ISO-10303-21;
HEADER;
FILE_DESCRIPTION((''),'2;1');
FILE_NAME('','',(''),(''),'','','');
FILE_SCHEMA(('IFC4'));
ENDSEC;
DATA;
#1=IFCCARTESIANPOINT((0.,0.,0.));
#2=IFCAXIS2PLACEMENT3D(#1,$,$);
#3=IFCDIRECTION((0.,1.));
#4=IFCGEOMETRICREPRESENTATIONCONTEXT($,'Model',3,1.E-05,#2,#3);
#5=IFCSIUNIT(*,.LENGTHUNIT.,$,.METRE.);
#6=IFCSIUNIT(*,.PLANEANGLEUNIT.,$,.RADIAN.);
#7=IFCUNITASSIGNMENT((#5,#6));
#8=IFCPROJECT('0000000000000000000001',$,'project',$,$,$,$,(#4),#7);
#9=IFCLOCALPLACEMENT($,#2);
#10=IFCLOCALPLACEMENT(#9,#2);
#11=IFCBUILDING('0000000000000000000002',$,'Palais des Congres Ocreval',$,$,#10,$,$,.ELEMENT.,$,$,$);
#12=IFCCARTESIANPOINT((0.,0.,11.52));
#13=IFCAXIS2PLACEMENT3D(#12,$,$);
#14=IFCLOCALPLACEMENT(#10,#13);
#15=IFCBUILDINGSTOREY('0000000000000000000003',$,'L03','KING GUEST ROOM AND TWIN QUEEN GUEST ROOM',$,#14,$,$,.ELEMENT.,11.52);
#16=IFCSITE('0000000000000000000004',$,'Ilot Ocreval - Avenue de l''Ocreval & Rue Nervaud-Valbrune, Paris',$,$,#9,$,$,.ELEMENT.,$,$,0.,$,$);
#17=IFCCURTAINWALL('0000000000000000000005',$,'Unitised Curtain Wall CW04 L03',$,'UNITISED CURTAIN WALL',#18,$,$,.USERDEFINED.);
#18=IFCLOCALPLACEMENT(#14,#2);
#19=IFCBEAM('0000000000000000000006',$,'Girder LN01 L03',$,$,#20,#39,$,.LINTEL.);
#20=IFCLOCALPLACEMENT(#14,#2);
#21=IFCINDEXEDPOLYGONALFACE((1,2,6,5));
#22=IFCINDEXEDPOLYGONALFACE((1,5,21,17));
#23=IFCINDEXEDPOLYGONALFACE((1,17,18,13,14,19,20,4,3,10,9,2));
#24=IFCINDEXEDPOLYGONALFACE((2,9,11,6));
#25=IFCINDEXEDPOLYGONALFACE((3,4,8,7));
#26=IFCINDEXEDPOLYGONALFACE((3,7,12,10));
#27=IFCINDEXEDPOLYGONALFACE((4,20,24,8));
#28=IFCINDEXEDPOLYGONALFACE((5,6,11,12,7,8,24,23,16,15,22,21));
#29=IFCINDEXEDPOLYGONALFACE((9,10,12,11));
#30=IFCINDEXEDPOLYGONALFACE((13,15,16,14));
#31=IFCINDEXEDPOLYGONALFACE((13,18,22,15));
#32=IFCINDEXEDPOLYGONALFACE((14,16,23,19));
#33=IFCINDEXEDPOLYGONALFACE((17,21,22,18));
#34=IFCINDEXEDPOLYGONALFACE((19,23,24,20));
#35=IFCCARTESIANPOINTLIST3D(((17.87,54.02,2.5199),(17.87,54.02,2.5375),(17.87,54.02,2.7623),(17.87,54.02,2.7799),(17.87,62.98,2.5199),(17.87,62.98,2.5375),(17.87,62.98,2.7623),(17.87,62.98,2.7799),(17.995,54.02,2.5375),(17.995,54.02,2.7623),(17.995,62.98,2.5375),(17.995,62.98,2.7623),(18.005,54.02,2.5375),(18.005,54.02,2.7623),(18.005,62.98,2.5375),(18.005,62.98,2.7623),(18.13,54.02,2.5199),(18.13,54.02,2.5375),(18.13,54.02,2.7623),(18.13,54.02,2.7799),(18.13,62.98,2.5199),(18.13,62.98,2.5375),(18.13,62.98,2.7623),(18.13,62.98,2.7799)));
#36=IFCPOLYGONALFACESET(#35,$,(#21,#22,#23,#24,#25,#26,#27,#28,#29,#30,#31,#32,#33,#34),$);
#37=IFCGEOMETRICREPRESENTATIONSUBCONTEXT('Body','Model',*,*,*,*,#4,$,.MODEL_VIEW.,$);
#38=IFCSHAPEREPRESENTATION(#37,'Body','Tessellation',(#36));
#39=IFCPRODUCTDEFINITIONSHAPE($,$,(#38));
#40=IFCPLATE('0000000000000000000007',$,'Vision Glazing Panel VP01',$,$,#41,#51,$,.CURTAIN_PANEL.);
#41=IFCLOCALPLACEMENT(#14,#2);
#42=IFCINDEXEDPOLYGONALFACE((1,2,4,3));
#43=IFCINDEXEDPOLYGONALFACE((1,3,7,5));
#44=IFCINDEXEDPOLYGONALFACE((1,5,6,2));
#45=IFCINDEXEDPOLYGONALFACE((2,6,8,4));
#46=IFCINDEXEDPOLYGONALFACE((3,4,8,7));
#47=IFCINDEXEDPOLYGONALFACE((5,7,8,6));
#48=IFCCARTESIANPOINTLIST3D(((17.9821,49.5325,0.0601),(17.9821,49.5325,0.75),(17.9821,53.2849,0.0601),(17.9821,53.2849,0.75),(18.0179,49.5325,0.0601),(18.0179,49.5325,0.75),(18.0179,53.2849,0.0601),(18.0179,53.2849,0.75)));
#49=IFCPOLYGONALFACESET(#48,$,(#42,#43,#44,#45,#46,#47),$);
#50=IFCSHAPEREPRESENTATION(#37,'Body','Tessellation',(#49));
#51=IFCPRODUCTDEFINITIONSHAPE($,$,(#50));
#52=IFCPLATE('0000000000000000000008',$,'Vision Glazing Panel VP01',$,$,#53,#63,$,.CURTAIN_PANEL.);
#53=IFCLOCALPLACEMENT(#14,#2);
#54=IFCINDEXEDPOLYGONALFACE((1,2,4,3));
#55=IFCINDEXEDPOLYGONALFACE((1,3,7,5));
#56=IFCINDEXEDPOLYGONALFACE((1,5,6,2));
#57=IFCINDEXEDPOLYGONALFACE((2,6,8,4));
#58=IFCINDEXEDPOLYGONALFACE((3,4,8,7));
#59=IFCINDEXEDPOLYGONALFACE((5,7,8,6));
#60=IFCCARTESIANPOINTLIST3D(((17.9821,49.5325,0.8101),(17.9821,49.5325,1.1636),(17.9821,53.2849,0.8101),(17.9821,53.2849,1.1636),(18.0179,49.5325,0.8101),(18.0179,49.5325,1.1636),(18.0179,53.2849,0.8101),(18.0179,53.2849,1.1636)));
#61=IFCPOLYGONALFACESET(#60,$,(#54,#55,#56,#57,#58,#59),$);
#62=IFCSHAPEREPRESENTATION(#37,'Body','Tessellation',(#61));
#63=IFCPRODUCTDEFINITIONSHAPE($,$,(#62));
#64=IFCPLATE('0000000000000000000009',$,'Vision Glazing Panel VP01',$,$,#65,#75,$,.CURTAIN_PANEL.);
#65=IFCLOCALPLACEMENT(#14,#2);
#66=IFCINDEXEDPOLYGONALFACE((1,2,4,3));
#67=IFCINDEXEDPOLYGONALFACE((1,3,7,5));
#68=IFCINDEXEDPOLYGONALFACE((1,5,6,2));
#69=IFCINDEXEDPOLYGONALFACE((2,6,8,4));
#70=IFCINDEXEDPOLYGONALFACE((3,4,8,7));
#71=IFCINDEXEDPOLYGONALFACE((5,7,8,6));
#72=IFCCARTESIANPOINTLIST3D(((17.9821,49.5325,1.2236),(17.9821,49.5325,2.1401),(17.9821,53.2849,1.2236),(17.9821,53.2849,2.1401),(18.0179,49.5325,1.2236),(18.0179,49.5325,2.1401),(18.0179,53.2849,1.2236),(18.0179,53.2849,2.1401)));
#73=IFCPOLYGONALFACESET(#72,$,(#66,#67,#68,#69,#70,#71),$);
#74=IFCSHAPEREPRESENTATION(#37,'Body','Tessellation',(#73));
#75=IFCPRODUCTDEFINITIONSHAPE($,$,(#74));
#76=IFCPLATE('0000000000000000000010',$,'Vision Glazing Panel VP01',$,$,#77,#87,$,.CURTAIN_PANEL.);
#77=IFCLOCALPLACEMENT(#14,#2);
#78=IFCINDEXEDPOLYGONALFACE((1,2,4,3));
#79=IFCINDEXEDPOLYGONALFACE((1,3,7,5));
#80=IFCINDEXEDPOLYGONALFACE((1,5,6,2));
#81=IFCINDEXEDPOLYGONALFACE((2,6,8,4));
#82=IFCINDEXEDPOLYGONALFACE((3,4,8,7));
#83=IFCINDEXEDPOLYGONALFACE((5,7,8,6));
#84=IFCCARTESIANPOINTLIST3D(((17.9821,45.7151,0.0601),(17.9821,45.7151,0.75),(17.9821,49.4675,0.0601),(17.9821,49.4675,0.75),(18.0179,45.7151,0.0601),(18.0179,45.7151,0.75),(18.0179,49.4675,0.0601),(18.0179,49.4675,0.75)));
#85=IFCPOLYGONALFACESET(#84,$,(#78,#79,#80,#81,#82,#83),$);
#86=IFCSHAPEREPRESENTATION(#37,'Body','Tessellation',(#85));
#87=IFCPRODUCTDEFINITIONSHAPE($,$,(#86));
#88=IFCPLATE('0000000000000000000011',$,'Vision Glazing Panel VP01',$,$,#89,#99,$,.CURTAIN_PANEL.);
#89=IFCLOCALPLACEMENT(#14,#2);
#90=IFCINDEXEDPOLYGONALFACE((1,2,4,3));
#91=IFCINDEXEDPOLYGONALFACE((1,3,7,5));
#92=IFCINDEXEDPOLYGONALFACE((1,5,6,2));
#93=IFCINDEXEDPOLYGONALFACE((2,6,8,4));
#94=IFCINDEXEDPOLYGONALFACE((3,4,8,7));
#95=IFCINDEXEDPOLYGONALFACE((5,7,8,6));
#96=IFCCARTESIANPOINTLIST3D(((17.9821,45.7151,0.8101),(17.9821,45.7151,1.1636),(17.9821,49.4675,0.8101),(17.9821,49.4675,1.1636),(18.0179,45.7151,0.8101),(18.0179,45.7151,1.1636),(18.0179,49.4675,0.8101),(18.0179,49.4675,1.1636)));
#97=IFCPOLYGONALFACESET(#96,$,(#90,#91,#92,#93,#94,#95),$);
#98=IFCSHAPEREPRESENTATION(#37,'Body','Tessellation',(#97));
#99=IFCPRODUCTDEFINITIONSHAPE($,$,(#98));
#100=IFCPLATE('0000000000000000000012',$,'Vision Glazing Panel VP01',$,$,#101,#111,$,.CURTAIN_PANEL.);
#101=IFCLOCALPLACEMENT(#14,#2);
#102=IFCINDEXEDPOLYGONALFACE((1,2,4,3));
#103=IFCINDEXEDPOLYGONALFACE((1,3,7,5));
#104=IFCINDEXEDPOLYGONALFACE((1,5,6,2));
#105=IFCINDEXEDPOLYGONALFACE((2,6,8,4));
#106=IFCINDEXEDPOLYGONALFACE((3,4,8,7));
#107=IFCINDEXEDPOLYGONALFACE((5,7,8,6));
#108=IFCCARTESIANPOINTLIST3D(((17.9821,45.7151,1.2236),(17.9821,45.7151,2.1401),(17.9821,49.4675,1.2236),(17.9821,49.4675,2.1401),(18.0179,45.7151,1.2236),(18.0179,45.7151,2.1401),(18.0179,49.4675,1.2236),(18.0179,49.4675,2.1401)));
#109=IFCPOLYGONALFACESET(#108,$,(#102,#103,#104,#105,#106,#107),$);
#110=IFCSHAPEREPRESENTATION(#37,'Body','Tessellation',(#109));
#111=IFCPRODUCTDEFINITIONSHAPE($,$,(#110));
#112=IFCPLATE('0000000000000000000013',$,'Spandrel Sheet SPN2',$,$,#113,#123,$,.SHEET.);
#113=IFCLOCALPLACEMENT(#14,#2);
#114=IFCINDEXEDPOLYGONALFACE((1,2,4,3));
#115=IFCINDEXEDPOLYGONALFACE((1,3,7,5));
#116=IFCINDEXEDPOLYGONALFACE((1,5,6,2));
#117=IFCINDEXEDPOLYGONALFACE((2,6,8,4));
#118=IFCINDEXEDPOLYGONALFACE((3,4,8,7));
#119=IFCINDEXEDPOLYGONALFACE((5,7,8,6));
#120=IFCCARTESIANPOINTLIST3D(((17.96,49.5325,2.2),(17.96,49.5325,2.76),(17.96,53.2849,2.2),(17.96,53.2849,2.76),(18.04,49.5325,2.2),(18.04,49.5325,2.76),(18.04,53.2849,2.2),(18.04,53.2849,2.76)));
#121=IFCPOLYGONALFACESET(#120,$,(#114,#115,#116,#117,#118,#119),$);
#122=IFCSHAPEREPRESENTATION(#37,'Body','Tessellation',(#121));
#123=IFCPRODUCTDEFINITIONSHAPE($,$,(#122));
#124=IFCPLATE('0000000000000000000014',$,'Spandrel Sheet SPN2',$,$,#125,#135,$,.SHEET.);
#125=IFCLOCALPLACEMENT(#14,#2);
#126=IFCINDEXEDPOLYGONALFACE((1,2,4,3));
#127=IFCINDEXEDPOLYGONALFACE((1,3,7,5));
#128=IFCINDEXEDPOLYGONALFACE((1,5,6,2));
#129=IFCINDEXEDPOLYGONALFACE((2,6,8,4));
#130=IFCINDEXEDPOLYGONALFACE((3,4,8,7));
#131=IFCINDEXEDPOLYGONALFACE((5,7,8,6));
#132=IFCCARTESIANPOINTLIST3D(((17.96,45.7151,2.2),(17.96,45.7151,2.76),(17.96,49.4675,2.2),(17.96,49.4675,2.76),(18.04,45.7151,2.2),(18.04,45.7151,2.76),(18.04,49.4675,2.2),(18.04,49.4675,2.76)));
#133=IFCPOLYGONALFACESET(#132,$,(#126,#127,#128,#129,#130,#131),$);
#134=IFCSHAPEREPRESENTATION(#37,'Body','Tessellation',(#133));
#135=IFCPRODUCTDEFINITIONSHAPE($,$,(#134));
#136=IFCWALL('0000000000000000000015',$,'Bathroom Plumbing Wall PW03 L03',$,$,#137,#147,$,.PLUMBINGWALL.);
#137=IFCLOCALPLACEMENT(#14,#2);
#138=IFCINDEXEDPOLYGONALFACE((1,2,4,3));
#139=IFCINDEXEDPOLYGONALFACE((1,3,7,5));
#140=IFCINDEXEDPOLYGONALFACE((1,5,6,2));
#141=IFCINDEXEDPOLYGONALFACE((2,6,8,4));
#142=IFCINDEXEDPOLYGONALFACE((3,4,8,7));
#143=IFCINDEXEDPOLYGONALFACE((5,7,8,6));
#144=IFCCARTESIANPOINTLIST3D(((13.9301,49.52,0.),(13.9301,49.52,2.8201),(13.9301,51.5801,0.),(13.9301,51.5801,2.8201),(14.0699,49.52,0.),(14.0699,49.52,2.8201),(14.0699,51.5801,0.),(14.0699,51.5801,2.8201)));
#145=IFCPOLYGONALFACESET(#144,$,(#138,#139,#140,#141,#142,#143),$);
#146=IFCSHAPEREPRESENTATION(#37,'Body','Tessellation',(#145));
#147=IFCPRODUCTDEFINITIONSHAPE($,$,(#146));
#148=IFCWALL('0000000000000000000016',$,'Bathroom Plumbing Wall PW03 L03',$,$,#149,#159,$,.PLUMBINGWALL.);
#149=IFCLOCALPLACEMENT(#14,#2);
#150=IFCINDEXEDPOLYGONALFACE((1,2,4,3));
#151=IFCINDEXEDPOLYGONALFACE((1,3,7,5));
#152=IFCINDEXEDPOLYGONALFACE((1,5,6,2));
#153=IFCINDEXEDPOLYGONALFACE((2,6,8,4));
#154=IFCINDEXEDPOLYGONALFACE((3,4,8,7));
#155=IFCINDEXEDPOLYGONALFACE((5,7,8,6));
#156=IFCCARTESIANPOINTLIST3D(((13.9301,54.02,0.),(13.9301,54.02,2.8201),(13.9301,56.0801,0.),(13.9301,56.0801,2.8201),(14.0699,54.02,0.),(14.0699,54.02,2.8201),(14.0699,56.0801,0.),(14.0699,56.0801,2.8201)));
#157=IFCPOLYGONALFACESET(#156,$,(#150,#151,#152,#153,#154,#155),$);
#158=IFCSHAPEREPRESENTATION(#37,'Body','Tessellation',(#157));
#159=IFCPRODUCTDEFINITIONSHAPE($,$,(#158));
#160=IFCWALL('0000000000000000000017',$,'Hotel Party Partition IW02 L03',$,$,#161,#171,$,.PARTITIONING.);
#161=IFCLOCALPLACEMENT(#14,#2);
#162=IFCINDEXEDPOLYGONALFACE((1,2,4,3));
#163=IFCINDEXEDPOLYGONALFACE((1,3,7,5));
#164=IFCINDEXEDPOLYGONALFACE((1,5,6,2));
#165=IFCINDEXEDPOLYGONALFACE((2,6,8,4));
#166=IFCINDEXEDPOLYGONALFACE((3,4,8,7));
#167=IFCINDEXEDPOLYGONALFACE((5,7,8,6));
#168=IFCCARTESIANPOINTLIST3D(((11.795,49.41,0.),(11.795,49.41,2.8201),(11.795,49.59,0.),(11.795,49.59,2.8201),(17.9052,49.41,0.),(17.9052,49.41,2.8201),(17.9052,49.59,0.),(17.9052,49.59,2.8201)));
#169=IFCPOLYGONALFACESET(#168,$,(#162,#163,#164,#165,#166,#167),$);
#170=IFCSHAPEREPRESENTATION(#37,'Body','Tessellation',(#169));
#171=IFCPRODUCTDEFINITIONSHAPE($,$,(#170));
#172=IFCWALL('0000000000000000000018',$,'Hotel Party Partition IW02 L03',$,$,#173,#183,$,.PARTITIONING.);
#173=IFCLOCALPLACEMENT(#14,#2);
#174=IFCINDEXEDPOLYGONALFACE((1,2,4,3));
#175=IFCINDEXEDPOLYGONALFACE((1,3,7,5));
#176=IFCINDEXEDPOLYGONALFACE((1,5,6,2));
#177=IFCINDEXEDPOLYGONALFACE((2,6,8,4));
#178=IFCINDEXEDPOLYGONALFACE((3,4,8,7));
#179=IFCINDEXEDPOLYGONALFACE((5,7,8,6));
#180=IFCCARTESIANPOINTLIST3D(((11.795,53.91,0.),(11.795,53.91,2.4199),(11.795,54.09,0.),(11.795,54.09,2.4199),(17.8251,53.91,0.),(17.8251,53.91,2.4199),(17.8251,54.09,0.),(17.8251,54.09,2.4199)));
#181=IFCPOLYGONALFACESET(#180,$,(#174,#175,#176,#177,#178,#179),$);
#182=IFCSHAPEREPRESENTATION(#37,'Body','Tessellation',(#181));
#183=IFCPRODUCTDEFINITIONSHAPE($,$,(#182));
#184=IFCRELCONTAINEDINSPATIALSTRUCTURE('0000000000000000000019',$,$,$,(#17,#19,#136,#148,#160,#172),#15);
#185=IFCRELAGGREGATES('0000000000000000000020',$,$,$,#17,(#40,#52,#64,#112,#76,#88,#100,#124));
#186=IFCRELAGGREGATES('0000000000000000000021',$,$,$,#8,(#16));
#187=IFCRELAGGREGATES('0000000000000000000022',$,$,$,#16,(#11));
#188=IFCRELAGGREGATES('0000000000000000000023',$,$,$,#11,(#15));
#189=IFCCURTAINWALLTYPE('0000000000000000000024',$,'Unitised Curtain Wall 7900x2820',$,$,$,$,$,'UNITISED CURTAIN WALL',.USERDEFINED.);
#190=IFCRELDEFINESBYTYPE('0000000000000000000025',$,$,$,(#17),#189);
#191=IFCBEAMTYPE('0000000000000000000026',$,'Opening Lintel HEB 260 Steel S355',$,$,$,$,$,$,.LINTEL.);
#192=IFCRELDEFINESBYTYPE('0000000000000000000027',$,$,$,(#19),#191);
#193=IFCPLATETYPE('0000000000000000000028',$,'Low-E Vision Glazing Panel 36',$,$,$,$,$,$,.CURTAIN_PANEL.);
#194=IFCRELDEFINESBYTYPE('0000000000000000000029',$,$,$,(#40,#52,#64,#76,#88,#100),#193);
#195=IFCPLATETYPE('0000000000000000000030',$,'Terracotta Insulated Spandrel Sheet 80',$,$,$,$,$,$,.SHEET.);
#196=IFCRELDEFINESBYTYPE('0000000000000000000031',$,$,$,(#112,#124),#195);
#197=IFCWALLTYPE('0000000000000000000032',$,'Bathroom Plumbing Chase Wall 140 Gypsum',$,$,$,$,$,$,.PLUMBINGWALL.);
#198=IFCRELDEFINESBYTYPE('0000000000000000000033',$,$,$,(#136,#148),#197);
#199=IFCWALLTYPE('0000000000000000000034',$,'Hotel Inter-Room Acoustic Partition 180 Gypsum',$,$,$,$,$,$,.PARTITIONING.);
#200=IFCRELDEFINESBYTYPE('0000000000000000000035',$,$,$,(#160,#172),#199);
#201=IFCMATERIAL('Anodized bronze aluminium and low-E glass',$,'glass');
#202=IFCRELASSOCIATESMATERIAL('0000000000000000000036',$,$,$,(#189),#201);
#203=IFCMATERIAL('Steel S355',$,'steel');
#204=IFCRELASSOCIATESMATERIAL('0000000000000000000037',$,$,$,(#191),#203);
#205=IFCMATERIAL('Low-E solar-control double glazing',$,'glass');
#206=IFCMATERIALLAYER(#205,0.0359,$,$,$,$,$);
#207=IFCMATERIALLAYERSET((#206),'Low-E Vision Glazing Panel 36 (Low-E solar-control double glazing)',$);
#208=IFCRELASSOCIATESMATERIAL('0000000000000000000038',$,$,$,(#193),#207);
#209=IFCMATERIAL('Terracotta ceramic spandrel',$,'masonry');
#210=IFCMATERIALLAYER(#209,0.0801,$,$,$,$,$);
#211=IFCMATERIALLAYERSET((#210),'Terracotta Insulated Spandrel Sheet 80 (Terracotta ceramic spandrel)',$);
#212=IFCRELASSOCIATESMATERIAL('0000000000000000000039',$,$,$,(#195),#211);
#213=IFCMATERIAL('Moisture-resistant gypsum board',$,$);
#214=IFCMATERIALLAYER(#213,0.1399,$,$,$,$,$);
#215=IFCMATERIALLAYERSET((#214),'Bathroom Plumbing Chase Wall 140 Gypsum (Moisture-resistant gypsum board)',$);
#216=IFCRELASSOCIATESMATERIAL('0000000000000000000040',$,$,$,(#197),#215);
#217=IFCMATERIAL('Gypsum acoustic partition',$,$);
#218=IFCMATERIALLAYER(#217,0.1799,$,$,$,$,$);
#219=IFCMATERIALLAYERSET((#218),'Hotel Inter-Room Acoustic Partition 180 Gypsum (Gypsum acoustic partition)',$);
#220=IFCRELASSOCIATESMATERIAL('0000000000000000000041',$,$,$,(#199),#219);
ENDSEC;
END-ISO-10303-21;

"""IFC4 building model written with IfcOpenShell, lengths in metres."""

from ifc_helpers import new_model, si_unit, direction, frame, frame_2d, origin, origin_2d, place, context, subcontext, project, spatial, rectangle, i_section, extrude, material, layer, layer_set, material_profile, profile_set, type_object, element, aggregate, save


model = new_model("IFC4")

# Units and contexts
model_context = context("Model", 3, precision=1e-05, world=origin(), true_north=direction((0.0, 1.0)))
body_context = subcontext(model_context, "Body", "Model", "MODEL_VIEW")
ifc_project = project(units=[si_unit("LENGTHUNIT", "METRE"), si_unit("PLANEANGLEUNIT", "RADIAN")], contexts=[model_context])

# Site, building, storey
site_placement = place(None, origin())
site = spatial("IfcSite", under=ifc_project, at=site_placement, Name="Ilot Ocreval - Avenue de l'Ocreval & Rue Nervaud-Valbrune, Paris", CompositionType="ELEMENT", RefElevation=0.0)
building_placement = place(site_placement, origin())
building = spatial("IfcBuilding", under=site, at=building_placement, Name="Palais des Congres Ocreval", CompositionType="ELEMENT")
storey_placement = place(building_placement, frame((0.0, 0.0, 11.52)))
storey = spatial("IfcBuildingStorey", under=building, at=storey_placement, Name="L03", Description="KING GUEST ROOM AND TWIN QUEEN GUEST ROOM", CompositionType="ELEMENT", Elevation=11.52)

# Curtain wall
ifc_material_1 = material(Name="Anodized bronze aluminium and low-E glass", Category="glass")
curtain_wall_type = type_object("IfcCurtainWallType", Name="Unitised Curtain Wall 7900x2820", ElementType="UNITISED CURTAIN WALL", PredefinedType="USERDEFINED", material=ifc_material_1)
curtain_wall_placement = place(storey_placement, origin())
curtain_wall = element("IfcCurtainWall", 1, at=curtain_wall_placement, inside=storey, type_object=curtain_wall_type, Name="Unitised Curtain Wall CW04 L03", ObjectType="UNITISED CURTAIN WALL", PredefinedType="USERDEFINED")

# Beam
ifc_material_2 = material(Name="Steel S355", Category="steel")
ifc_material_profile_1 = material_profile(ifc_material_2, i_section(OverallWidth=0.26, OverallDepth=0.26, WebThickness=0.01, FlangeThickness=0.0176, at=origin_2d()), Name="HEB 260")
ifc_profile_set_1 = profile_set([ifc_material_profile_1], Name="Steel S355")
beam_type = type_object("IfcBeamType", Name="Opening Lintel HEB 260 Steel S355", PredefinedType="LINTEL", material=ifc_profile_set_1)
beam_placement = place(storey_placement, frame((18.0, 54.02, 2.6499), z_axis=(0.0, 1.0, 0.0), x_axis=(-1.0, 0.0, 0.0)))
element("IfcBeam", 2, at=beam_placement, inside=storey, type_object=beam_type, Name="Girder LN01 L03", PredefinedType="LINTEL", context=body_context, shape_type="SweptSolid", body=[
    extrude(i_section(OverallWidth=0.26, OverallDepth=0.26, WebThickness=0.01, FlangeThickness=0.0176, at=origin_2d()), origin(), (0.0, 0.0, 1.0), 8.96),
])

# Plates
ifc_material_3 = material(Name="Low-E solar-control double glazing", Category="glass")
ifc_layer_1 = layer(ifc_material_3, 0.0359)
ifc_layer_set_1 = layer_set([ifc_layer_1], Name="Low-E Vision Glazing Panel 36 (Low-E solar-control double glazing)")
plate_type_1 = type_object("IfcPlateType", Name="Low-E Vision Glazing Panel 36", PredefinedType="CURTAIN_PANEL", material=ifc_layer_set_1)
plate_1_placement = place(storey_placement, frame((18.0, 51.4087, 0.0601), z_axis=(0.0, 0.0, 1.0), x_axis=(0.0, -1.0, 0.0)))
plate_1 = element("IfcPlate", 3, at=plate_1_placement, type_object=plate_type_1, Name="Vision Glazing Panel VP01", PredefinedType="CURTAIN_PANEL", context=body_context, shape_type="SweptSolid", body=[
    extrude(rectangle(XDim=3.7524, YDim=0.0359, at=origin_2d()), origin(), (0.0, 0.0, 1.0), 0.6899),
])
plate_2_placement = place(storey_placement, frame((18.0, 51.4087, 0.8101), z_axis=(0.0, 0.0, 1.0), x_axis=(0.0, -1.0, 0.0)))
plate_2 = element("IfcPlate", 4, at=plate_2_placement, type_object=plate_type_1, Name="Vision Glazing Panel VP01", PredefinedType="CURTAIN_PANEL", context=body_context, shape_type="SweptSolid", body=[
    extrude(rectangle(XDim=3.7524, YDim=0.0359, at=origin_2d()), origin(), (0.0, 0.0, 1.0), 0.3535),
])
plate_3_placement = place(storey_placement, frame((18.0, 51.4087, 1.2236), z_axis=(0.0, 0.0, 1.0), x_axis=(0.0, -1.0, 0.0)))
plate_3 = element("IfcPlate", 5, at=plate_3_placement, type_object=plate_type_1, Name="Vision Glazing Panel VP01", PredefinedType="CURTAIN_PANEL", context=body_context, shape_type="SweptSolid", body=[
    extrude(rectangle(XDim=3.7524, YDim=0.0359, at=origin_2d()), origin(), (0.0, 0.0, 1.0), 0.9165),
])
plate_4_placement = place(storey_placement, frame((18.0, 47.5913, 0.0601), z_axis=(0.0, 0.0, 1.0), x_axis=(0.0, -1.0, 0.0)))
plate_4 = element("IfcPlate", 6, at=plate_4_placement, type_object=plate_type_1, Name="Vision Glazing Panel VP01", PredefinedType="CURTAIN_PANEL", context=body_context, shape_type="SweptSolid", body=[
    extrude(rectangle(XDim=3.7524, YDim=0.0359, at=origin_2d()), origin(), (0.0, 0.0, 1.0), 0.6899),
])
plate_5_placement = place(storey_placement, frame((18.0, 47.5913, 0.8101), z_axis=(0.0, 0.0, 1.0), x_axis=(0.0, -1.0, 0.0)))
plate_5 = element("IfcPlate", 7, at=plate_5_placement, type_object=plate_type_1, Name="Vision Glazing Panel VP01", PredefinedType="CURTAIN_PANEL", context=body_context, shape_type="SweptSolid", body=[
    extrude(rectangle(XDim=3.7524, YDim=0.0359, at=origin_2d()), origin(), (0.0, 0.0, 1.0), 0.3535),
])
plate_6_placement = place(storey_placement, frame((18.0, 47.5913, 1.2236), z_axis=(0.0, 0.0, 1.0), x_axis=(0.0, -1.0, 0.0)))
plate_6 = element("IfcPlate", 8, at=plate_6_placement, type_object=plate_type_1, Name="Vision Glazing Panel VP01", PredefinedType="CURTAIN_PANEL", context=body_context, shape_type="SweptSolid", body=[
    extrude(rectangle(XDim=3.7524, YDim=0.0359, at=origin_2d()), origin(), (0.0, 0.0, 1.0), 0.9165),
])
ifc_material_4 = material(Name="Terracotta ceramic spandrel", Category="masonry")
ifc_layer_2 = layer(ifc_material_4, 0.0801)
ifc_layer_set_2 = layer_set([ifc_layer_2], Name="Terracotta Insulated Spandrel Sheet 80 (Terracotta ceramic spandrel)")
plate_type_2 = type_object("IfcPlateType", Name="Terracotta Insulated Spandrel Sheet 80", PredefinedType="SHEET", material=ifc_layer_set_2)
plate_7_placement = place(storey_placement, frame((18.0, 51.4087, 2.2), z_axis=(0.0, 0.0, 1.0), x_axis=(0.0, -1.0, 0.0)))
plate_7 = element("IfcPlate", 9, at=plate_7_placement, type_object=plate_type_2, Name="Spandrel Sheet SPN2", PredefinedType="SHEET", context=body_context, shape_type="SweptSolid", body=[
    extrude(rectangle(XDim=3.7524, YDim=0.0801, at=origin_2d()), origin(), (0.0, 0.0, 1.0), 0.5601),
])
plate_8_placement = place(storey_placement, frame((18.0, 47.5913, 2.2), z_axis=(0.0, 0.0, 1.0), x_axis=(0.0, -1.0, 0.0)))
plate_8 = element("IfcPlate", 10, at=plate_8_placement, type_object=plate_type_2, Name="Spandrel Sheet SPN2", PredefinedType="SHEET", context=body_context, shape_type="SweptSolid", body=[
    extrude(rectangle(XDim=3.7524, YDim=0.0801, at=origin_2d()), origin(), (0.0, 0.0, 1.0), 0.5601),
])
aggregate(curtain_wall, [plate_1, plate_2, plate_3, plate_7, plate_4, plate_5, plate_6, plate_8])

# Walls
ifc_material_5 = material(Name="Moisture-resistant gypsum board")
ifc_layer_3 = layer(ifc_material_5, 0.1399)
ifc_layer_set_3 = layer_set([ifc_layer_3], Name="Bathroom Plumbing Chase Wall 140 Gypsum (Moisture-resistant gypsum board)")
wall_type_1 = type_object("IfcWallType", Name="Bathroom Plumbing Chase Wall 140 Gypsum", PredefinedType="PLUMBINGWALL", material=ifc_layer_set_3)
for number, where, z_axis, x_axis, name in (
    (11, (14.0, 49.52, 0.0), (0.0, 0.0, 1.0), (0.0, 1.0, 0.0), "Bathroom Plumbing Wall PW03 L03"),
    (12, (14.0, 54.02, 0.0), (0.0, 0.0, 1.0), (0.0, 1.0, 0.0), "Bathroom Plumbing Wall PW03 L03"),
):
    element("IfcWall", number, at=place(storey_placement, frame(where, z_axis=z_axis, x_axis=x_axis)), inside=storey, type_object=wall_type_1, Name=name, PredefinedType="PLUMBINGWALL", context=body_context, shape_type="SweptSolid", body=[
        extrude(rectangle(XDim=2.0601, YDim=0.1399, at=frame_2d((1.03, 0.0))), origin(), (0.0, 0.0, 1.0), 2.8201),
    ])
ifc_material_6 = material(Name="Gypsum acoustic partition")
ifc_layer_4 = layer(ifc_material_6, 0.1799)
ifc_layer_set_4 = layer_set([ifc_layer_4], Name="Hotel Inter-Room Acoustic Partition 180 Gypsum (Gypsum acoustic partition)")
wall_type_2 = type_object("IfcWallType", Name="Hotel Inter-Room Acoustic Partition 180 Gypsum", PredefinedType="PARTITIONING", material=ifc_layer_set_4)
wall_1_placement = place(storey_placement, frame((11.7949, 49.5, 0.0), z_axis=(0.0, 0.0, 1.0), x_axis=(1.0, 0.0, 0.0)))
element("IfcWall", 13, at=wall_1_placement, inside=storey, type_object=wall_type_2, Name="Hotel Party Partition IW02 L03", PredefinedType="PARTITIONING", context=body_context, shape_type="SweptSolid", body=[
    extrude(rectangle(XDim=6.1101, YDim=0.1799, at=frame_2d((3.0552, 0.0))), origin(), (0.0, 0.0, 1.0), 2.8201),
])
wall_2_placement = place(storey_placement, frame((11.7949, 54.0, 0.0), z_axis=(0.0, 0.0, 1.0), x_axis=(1.0, 0.0, 0.0)))
element("IfcWall", 14, at=wall_2_placement, inside=storey, type_object=wall_type_2, Name="Hotel Party Partition IW02 L03", PredefinedType="PARTITIONING", context=body_context, shape_type="SweptSolid", body=[
    extrude(rectangle(XDim=6.03, YDim=0.1799, at=frame_2d((3.0151, 0.0))), origin(), (0.0, 0.0, 1.0), 2.4199),
])

save(model, "model.ifc")
